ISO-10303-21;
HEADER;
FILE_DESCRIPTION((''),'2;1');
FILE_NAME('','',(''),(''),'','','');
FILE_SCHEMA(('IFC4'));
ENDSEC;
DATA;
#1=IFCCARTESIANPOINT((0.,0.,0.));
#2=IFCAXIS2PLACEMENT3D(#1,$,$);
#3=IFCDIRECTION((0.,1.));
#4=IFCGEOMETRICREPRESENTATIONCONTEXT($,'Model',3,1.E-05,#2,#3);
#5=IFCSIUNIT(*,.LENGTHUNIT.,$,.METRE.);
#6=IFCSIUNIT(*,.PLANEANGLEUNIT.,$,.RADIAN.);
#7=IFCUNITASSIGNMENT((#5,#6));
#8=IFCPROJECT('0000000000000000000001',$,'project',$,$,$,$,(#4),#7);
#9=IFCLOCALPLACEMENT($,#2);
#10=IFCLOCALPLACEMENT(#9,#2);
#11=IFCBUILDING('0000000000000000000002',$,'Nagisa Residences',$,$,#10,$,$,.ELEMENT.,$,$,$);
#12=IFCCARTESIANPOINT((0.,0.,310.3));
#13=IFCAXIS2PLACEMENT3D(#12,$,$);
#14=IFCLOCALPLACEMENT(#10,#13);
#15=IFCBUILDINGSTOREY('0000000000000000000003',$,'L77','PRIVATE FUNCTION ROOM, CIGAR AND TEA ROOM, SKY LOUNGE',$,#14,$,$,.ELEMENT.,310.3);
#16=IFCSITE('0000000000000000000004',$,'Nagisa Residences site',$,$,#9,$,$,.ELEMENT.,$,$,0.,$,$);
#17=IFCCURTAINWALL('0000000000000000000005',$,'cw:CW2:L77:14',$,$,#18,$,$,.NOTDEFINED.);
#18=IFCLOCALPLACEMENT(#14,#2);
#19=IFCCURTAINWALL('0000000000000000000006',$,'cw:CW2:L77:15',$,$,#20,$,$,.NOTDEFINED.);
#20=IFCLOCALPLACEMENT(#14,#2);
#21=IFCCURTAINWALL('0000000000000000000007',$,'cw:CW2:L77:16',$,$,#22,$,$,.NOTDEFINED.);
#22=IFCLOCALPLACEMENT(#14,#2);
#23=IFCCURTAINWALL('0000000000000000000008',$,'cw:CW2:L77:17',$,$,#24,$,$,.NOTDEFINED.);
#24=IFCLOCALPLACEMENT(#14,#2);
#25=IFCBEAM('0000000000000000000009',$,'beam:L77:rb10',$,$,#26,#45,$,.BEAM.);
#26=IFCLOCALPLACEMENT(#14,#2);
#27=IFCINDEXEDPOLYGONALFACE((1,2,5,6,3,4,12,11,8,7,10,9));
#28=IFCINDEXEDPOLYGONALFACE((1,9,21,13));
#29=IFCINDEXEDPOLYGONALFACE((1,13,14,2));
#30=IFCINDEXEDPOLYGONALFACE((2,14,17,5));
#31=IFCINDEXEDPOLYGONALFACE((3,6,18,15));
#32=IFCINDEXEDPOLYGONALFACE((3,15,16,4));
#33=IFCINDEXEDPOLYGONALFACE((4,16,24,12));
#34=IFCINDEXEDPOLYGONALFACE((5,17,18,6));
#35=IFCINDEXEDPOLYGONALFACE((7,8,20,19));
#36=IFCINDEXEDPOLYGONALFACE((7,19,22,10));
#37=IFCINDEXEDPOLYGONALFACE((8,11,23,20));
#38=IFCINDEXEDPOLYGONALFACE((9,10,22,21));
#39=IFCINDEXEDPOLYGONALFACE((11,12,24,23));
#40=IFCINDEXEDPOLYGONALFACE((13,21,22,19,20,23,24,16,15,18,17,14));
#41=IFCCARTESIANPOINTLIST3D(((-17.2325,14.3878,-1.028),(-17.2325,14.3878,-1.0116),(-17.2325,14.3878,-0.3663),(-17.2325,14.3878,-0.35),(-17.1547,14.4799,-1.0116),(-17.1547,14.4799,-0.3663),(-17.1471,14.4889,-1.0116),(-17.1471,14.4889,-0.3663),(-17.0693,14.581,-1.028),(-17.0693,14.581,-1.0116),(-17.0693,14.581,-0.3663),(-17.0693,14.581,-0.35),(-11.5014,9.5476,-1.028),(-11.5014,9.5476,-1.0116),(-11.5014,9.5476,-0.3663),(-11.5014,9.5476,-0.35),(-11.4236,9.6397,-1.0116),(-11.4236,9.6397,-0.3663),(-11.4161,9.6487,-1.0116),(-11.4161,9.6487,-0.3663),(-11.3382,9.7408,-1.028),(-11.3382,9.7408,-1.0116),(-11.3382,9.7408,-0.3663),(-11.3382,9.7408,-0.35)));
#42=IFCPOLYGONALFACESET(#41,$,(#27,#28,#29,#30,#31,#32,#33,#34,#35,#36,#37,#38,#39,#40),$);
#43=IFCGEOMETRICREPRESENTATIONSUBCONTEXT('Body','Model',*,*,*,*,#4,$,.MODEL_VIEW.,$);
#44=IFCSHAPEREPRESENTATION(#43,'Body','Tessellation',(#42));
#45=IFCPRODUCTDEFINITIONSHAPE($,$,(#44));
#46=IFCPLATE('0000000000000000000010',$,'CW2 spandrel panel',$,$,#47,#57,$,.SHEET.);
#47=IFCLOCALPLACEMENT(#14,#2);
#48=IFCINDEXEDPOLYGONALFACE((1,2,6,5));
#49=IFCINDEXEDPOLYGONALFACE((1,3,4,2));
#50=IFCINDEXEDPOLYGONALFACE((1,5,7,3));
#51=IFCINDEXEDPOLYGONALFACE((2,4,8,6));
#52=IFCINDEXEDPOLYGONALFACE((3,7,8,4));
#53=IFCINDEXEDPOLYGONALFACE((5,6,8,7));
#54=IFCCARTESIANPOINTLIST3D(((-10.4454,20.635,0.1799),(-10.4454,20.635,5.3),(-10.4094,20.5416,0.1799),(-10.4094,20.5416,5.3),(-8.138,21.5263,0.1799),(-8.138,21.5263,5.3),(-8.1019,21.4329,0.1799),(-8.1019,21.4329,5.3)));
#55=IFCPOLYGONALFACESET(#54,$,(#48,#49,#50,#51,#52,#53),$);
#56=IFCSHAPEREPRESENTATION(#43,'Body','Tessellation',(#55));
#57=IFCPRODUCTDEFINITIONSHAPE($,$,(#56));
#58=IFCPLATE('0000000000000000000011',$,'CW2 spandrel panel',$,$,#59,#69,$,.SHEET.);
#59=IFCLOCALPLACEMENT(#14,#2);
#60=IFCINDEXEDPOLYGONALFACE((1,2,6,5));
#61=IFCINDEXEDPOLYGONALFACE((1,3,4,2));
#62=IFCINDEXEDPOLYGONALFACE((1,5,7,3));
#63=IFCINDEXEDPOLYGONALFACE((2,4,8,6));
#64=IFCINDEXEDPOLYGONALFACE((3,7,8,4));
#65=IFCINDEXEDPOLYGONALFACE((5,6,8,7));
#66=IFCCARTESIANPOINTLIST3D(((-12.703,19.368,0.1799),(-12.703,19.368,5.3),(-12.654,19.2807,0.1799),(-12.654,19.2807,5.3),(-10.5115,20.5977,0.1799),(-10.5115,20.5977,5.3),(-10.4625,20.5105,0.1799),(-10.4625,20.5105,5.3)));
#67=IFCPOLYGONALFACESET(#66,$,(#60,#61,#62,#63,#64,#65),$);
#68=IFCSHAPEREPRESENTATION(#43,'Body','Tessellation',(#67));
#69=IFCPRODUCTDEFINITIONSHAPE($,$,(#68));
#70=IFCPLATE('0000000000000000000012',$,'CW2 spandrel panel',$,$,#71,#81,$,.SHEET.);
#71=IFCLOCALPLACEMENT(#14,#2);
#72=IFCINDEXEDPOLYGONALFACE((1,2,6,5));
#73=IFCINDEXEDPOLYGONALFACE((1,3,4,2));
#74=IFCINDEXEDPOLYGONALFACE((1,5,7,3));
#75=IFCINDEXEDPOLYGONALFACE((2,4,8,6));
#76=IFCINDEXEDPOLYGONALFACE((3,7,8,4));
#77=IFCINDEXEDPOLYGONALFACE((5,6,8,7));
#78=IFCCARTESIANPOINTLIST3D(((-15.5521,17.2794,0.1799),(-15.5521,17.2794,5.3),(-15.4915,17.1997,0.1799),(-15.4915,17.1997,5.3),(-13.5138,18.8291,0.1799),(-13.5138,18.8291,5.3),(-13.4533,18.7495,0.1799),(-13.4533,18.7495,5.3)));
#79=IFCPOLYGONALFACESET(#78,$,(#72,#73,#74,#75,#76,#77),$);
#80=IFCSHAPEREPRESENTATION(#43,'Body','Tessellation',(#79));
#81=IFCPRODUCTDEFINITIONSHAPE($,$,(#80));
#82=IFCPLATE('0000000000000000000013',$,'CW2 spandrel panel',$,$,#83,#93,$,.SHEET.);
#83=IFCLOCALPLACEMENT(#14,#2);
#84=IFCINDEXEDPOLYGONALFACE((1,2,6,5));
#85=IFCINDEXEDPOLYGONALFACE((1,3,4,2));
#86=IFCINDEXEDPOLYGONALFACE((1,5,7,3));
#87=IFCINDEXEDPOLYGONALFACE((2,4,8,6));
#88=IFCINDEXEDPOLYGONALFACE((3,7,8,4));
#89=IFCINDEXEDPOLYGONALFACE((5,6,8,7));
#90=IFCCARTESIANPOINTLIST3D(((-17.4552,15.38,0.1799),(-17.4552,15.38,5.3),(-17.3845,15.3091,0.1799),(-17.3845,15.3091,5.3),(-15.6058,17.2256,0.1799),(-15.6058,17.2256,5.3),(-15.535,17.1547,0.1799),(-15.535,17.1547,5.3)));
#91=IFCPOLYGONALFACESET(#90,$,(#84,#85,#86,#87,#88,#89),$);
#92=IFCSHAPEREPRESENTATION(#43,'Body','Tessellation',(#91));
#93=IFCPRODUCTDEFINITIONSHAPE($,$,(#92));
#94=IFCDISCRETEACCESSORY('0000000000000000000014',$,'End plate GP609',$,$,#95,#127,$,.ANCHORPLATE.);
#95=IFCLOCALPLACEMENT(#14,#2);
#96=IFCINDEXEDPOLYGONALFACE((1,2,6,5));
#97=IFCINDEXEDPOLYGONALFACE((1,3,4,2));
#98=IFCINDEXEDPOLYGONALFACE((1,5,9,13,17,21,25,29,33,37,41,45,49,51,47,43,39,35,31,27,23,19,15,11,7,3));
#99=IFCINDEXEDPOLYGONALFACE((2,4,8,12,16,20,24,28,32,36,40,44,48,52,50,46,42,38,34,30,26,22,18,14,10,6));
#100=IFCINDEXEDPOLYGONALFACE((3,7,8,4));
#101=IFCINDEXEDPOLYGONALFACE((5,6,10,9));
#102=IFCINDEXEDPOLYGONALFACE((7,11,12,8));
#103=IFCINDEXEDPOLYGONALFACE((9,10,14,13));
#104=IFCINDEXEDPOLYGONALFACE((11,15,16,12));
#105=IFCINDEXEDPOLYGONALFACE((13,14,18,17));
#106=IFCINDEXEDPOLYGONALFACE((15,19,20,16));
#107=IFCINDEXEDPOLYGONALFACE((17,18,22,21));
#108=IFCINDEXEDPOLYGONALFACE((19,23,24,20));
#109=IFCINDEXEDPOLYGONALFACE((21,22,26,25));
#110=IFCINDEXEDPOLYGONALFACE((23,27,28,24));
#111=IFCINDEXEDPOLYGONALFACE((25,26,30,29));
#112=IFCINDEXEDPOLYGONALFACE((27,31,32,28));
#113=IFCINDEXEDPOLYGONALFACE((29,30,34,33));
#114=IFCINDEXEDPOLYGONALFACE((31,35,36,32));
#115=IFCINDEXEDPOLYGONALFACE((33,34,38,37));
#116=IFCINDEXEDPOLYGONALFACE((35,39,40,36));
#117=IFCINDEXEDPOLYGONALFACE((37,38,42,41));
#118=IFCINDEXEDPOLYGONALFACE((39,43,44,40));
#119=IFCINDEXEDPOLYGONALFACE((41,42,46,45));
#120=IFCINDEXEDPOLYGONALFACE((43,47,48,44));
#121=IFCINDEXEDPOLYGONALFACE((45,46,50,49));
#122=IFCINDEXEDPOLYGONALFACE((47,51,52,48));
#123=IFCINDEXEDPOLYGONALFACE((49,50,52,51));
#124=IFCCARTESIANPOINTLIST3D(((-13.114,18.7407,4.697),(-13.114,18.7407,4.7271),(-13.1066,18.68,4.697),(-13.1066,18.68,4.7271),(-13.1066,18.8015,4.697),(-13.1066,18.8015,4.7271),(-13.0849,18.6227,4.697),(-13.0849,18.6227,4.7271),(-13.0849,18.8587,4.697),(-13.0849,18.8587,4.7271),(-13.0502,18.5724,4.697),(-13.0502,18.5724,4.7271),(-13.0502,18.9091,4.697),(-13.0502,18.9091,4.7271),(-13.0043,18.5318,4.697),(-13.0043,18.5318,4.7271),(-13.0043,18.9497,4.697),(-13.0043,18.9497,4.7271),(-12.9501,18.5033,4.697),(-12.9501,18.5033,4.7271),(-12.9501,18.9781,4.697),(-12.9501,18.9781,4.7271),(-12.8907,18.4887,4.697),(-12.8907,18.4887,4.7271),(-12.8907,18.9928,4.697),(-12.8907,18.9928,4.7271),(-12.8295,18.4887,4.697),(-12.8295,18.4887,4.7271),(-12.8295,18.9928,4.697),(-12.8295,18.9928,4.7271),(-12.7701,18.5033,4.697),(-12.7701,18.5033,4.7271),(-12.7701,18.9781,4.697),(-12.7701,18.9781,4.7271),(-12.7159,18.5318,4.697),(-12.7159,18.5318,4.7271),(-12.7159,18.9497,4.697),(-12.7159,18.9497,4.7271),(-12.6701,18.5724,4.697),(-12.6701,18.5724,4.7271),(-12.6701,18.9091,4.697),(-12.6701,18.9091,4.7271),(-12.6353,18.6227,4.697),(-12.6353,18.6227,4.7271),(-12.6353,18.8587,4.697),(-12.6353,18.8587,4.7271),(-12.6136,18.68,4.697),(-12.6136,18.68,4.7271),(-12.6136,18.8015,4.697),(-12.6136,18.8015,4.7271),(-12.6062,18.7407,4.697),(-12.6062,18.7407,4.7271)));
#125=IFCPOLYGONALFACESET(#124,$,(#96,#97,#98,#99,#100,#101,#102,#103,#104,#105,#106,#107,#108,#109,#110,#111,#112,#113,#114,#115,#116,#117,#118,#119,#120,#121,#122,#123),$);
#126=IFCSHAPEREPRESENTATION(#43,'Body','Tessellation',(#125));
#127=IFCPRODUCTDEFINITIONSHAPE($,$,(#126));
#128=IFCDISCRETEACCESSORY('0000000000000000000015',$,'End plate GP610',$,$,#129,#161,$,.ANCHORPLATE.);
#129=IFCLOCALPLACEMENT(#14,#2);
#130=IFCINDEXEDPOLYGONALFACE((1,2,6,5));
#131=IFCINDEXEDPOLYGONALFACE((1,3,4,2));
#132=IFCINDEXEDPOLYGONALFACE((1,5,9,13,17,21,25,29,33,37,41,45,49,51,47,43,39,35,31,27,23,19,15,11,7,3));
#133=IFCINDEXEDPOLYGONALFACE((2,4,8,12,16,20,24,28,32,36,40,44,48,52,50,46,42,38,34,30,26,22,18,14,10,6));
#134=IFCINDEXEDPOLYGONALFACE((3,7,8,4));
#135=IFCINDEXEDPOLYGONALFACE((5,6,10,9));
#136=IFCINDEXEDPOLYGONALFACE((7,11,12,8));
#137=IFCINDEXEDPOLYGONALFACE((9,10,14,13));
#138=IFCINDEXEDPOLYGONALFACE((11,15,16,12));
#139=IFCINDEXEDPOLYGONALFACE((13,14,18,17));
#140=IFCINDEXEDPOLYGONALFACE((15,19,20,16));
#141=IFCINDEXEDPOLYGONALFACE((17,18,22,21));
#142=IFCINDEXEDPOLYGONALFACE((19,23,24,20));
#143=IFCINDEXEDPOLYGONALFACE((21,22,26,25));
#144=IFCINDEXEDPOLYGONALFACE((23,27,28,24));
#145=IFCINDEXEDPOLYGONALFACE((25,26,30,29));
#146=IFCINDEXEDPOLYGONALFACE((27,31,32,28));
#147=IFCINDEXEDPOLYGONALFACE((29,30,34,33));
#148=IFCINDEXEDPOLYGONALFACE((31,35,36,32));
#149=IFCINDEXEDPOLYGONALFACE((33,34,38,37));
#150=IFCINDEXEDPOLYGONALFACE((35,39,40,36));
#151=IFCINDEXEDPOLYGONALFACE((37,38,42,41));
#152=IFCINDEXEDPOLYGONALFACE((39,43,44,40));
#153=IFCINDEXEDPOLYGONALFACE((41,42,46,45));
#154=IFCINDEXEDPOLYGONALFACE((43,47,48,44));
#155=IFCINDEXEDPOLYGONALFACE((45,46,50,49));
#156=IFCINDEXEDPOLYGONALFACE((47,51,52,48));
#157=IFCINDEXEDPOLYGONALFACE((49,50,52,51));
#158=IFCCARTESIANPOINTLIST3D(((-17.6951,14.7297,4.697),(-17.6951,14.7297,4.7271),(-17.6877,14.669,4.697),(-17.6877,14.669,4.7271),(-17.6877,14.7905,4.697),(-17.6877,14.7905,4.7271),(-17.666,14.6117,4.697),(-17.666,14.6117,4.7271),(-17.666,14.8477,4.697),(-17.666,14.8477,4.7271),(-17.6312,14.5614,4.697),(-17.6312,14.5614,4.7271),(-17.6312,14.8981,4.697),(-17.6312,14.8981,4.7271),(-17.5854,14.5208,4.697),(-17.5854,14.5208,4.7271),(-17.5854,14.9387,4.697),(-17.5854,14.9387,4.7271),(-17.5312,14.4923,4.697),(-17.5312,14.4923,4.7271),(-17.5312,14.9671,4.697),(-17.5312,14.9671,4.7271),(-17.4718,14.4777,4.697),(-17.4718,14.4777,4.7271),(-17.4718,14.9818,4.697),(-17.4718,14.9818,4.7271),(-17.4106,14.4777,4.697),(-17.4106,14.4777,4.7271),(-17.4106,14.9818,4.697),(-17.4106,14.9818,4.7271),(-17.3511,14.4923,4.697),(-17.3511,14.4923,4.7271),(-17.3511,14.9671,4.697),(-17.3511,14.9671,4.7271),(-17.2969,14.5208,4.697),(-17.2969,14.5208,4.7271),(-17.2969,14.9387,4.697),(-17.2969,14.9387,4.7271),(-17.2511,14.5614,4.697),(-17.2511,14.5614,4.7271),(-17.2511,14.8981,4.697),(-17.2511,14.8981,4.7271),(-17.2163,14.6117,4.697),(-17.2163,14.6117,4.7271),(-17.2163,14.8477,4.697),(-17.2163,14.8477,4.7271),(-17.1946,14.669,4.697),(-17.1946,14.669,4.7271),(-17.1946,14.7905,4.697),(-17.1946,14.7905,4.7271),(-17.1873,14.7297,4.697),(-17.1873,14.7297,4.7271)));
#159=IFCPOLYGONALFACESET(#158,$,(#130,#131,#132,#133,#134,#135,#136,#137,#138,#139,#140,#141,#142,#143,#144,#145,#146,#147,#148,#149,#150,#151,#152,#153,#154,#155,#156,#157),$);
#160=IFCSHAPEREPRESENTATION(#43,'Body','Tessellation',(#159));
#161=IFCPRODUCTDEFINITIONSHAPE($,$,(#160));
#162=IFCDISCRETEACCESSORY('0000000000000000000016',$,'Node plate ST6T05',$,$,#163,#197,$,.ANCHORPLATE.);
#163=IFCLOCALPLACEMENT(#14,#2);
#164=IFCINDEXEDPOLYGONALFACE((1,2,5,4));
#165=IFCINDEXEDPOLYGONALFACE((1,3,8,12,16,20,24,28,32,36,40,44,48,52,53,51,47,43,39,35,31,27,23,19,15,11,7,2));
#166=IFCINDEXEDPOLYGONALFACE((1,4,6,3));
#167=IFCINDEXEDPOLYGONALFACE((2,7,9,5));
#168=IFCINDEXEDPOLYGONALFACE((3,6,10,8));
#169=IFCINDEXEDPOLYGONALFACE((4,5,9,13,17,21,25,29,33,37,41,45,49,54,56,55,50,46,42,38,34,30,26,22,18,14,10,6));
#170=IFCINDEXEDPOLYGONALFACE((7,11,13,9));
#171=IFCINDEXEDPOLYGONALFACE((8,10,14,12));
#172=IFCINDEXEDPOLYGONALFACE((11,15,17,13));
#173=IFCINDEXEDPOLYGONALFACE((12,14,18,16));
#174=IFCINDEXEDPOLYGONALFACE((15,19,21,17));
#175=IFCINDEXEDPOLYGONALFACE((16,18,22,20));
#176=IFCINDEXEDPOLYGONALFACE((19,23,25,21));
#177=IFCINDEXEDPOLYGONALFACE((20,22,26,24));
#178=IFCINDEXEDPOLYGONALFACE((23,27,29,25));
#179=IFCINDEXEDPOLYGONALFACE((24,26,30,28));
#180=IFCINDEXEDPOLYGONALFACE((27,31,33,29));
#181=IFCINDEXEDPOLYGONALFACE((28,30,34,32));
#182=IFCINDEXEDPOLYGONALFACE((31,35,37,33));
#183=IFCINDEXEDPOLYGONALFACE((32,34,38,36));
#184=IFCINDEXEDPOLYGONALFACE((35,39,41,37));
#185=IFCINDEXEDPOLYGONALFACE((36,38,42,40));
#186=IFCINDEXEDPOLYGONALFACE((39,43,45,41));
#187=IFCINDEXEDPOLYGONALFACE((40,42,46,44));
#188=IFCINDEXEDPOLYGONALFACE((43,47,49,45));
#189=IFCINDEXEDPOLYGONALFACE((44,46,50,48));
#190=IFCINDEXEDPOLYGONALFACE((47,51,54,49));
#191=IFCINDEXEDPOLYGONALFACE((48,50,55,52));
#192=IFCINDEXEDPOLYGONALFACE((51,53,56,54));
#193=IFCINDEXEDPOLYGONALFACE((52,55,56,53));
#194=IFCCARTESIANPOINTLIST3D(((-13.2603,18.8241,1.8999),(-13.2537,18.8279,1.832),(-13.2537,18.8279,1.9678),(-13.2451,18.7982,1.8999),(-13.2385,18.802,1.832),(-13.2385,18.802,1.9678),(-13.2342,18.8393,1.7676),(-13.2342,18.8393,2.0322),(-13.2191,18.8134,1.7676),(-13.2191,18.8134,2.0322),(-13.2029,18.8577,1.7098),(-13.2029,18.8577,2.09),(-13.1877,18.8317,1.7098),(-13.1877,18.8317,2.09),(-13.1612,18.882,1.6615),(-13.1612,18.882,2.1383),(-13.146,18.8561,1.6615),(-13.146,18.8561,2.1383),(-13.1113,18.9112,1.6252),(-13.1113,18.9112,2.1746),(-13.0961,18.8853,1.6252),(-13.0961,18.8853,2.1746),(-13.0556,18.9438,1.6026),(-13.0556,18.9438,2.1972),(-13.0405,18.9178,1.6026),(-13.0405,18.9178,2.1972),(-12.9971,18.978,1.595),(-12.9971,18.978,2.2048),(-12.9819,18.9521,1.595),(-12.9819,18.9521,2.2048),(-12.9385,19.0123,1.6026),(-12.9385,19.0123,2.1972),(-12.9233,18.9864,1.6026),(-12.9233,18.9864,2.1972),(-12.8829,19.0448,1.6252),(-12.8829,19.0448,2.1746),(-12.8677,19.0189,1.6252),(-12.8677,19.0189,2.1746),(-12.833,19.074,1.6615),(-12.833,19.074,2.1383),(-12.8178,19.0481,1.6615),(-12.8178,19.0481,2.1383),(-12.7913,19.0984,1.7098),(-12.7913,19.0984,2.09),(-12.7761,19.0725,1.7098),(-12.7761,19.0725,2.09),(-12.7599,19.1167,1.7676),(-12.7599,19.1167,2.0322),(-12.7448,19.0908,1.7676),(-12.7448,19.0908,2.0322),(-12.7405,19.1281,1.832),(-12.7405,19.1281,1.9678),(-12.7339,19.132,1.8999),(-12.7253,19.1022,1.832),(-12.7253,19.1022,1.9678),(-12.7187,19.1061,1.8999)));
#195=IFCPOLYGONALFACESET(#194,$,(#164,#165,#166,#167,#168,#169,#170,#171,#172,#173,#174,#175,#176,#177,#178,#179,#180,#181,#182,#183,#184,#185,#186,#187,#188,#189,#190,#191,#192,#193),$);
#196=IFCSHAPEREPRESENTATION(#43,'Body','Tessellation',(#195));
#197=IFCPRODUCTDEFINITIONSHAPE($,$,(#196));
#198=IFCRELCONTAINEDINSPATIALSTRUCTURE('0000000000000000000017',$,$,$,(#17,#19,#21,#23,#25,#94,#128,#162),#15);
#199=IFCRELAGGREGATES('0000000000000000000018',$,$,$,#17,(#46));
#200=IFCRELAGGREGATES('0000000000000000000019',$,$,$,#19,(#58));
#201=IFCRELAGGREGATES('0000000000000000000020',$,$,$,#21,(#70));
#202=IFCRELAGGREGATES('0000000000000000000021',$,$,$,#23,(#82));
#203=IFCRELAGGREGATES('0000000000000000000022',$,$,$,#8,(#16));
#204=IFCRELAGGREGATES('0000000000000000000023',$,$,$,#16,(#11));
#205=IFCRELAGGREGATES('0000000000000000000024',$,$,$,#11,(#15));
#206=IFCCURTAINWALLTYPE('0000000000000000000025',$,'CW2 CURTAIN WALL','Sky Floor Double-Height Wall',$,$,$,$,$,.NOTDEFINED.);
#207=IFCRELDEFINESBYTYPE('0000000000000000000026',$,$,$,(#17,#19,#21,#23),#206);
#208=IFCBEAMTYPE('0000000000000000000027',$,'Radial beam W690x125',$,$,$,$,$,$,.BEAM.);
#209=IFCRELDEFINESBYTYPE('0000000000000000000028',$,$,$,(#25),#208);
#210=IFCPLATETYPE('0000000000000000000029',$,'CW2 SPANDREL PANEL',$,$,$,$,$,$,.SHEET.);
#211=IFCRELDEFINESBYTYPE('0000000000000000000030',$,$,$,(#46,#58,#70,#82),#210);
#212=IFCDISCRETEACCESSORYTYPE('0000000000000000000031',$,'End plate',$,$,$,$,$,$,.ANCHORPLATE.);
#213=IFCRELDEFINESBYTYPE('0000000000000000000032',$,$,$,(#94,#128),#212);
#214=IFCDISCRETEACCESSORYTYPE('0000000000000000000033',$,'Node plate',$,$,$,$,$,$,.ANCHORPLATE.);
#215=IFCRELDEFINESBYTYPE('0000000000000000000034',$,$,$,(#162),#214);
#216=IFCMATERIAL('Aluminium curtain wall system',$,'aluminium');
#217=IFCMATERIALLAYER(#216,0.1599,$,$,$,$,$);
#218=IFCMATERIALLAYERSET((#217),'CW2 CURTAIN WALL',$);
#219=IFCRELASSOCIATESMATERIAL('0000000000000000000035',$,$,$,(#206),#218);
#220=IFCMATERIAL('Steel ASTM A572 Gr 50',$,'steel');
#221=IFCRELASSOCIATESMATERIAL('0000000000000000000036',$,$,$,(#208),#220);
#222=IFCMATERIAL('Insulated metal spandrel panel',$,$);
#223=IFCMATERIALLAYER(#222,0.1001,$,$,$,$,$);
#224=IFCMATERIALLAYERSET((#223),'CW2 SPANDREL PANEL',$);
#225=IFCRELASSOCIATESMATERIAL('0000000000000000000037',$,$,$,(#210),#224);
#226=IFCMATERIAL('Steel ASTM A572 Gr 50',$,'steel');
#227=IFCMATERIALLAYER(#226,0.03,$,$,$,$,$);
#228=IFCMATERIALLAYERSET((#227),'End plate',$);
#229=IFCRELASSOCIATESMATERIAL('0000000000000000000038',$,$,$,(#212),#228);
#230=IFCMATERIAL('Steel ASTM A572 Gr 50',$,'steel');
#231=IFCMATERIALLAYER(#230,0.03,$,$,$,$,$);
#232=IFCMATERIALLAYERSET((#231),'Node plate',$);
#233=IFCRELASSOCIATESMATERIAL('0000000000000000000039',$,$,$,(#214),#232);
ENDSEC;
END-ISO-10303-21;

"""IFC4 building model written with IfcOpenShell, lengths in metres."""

from ifc_helpers import new_model, si_unit, direction, frame, origin, origin_2d, place, context, subcontext, project, spatial, rectangle, circle, i_section, extrude, material, layer, layer_set, material_profile, profile_set, type_object, element, aggregate, save


model = new_model("IFC4")

# Units and contexts
model_context = context("Model", 3, precision=1e-05, world=origin(), true_north=direction((0.0, 1.0)))
body_context = subcontext(model_context, "Body", "Model", "MODEL_VIEW")
ifc_project = project(units=[si_unit("LENGTHUNIT", "METRE"), si_unit("PLANEANGLEUNIT", "RADIAN")], contexts=[model_context])

# Site, building, storey
site_placement = place(None, origin())
site = spatial("IfcSite", under=ifc_project, at=site_placement, Name="Nagisa Residences site", CompositionType="ELEMENT", RefElevation=0.0)
building_placement = place(site_placement, origin())
building = spatial("IfcBuilding", under=site, at=building_placement, Name="Nagisa Residences", CompositionType="ELEMENT")
storey_placement = place(building_placement, frame((0.0, 0.0, 310.3)))
storey = spatial("IfcBuildingStorey", under=building, at=storey_placement, Name="L77", Description="PRIVATE FUNCTION ROOM, CIGAR AND TEA ROOM, SKY LOUNGE", CompositionType="ELEMENT", Elevation=310.3)

# Curtain walls
ifc_material_1 = material(Name="Aluminium curtain wall system", Category="aluminium")
ifc_layer_1 = layer(ifc_material_1, 0.1599)
ifc_layer_set_1 = layer_set([ifc_layer_1], Name="CW2 CURTAIN WALL")
curtain_wall_type = type_object("IfcCurtainWallType", Name="CW2 CURTAIN WALL", Description="Sky Floor Double-Height Wall", PredefinedType="NOTDEFINED", material=ifc_layer_set_1)
curtain_wall_1_placement = place(storey_placement, origin())
curtain_wall_1 = element("IfcCurtainWall", 1, at=curtain_wall_1_placement, inside=storey, type_object=curtain_wall_type, Name="cw:CW2:L77:14", PredefinedType="NOTDEFINED")
curtain_wall_2_placement = place(storey_placement, origin())
curtain_wall_2 = element("IfcCurtainWall", 2, at=curtain_wall_2_placement, inside=storey, type_object=curtain_wall_type, Name="cw:CW2:L77:15", PredefinedType="NOTDEFINED")
curtain_wall_3_placement = place(storey_placement, origin())
curtain_wall_3 = element("IfcCurtainWall", 3, at=curtain_wall_3_placement, inside=storey, type_object=curtain_wall_type, Name="cw:CW2:L77:16", PredefinedType="NOTDEFINED")
curtain_wall_4_placement = place(storey_placement, origin())
curtain_wall_4 = element("IfcCurtainWall", 4, at=curtain_wall_4_placement, inside=storey, type_object=curtain_wall_type, Name="cw:CW2:L77:17", PredefinedType="NOTDEFINED")

# Beam
ifc_material_2 = material(Name="Steel ASTM A572 Gr 50", Category="steel")
ifc_material_profile_1 = material_profile(ifc_material_2, i_section(OverallWidth=0.2529, OverallDepth=0.678, WebThickness=0.0117, FlangeThickness=0.0164, at=origin_2d()), Name="W690x125")
ifc_profile_set_1 = profile_set([ifc_material_profile_1], Name="Steel ASTM A572 Gr 50")
beam_type_1 = type_object("IfcBeamType", Name="Radial beam W690x125", PredefinedType="BEAM", material=ifc_profile_set_1)
beam_1_placement = place(storey_placement, frame((-17.1509, 14.4844, -0.689), z_axis=(0.76399, -0.645229, 0.0), x_axis=(0.645229, 0.76399, 0.0)))
element("IfcBeam", 5, at=beam_1_placement, inside=storey, type_object=beam_type_1, Name="beam:L77:rb10", PredefinedType="BEAM", context=body_context, shape_type="SweptSolid", body=[
    extrude(i_section(OverallWidth=0.2529, OverallDepth=0.678, WebThickness=0.0117, FlangeThickness=0.0164, at=origin_2d()), origin(), (0.0, 0.0, 1.0), 7.5015),
])

# Plates
ifc_material_3 = material(Name="Insulated metal spandrel panel")
ifc_layer_2 = layer(ifc_material_3, 0.1001)
ifc_layer_set_2 = layer_set([ifc_layer_2], Name="CW2 SPANDREL PANEL")
plate_type = type_object("IfcPlateType", Name="CW2 SPANDREL PANEL", PredefinedType="SHEET", material=ifc_layer_set_2)
plate_1_placement = place(storey_placement, frame((-9.2737, 21.0339, 0.1799), z_axis=(0.0, 0.0, 1.0), x_axis=(-0.932826, -0.360328, 0.0)))
plate_1 = element("IfcPlate", 6, at=plate_1_placement, type_object=plate_type, Name="CW2 spandrel panel", PredefinedType="SHEET", context=body_context, shape_type="SweptSolid", body=[
    extrude(rectangle(XDim=2.4736, YDim=0.1001, at=origin_2d()), origin(), (0.0, 0.0, 1.0), 5.1201),
])
aggregate(curtain_wall_1, [plate_1])
plate_2_placement = place(storey_placement, frame((-11.5828, 19.9392, 0.1799), z_axis=(0.0, 0.0, 1.0), x_axis=(-0.872072, -0.489377, 0.0)))
plate_2 = element("IfcPlate", 7, at=plate_2_placement, type_object=plate_type, Name="CW2 spandrel panel", PredefinedType="SHEET", context=body_context, shape_type="SweptSolid", body=[
    extrude(rectangle(XDim=2.5129, YDim=0.1001, at=origin_2d()), origin(), (0.0, 0.0, 1.0), 5.1201),
])
aggregate(curtain_wall_2, [plate_2])
plate_3_placement = place(storey_placement, frame((-14.5027, 18.0144, 0.1799), z_axis=(0.0, 0.0, 1.0), x_axis=(-0.796031, -0.605255, 0.0)))
plate_3 = element("IfcPlate", 8, at=plate_3_placement, type_object=plate_type, Name="CW2 spandrel panel", PredefinedType="SHEET", context=body_context, shape_type="SweptSolid", body=[
    extrude(rectangle(XDim=2.5605, YDim=0.1001, at=origin_2d()), origin(), (0.0, 0.0, 1.0), 5.1201),
])
aggregate(curtain_wall_3, [plate_3])
plate_4_placement = place(storey_placement, frame((-16.4951, 16.2673, 0.1799), z_axis=(0.0, 0.0, 1.0), x_axis=(-0.707836, -0.706377, 0.0)))
plate_4 = element("IfcPlate", 9, at=plate_4_placement, type_object=plate_type, Name="CW2 spandrel panel", PredefinedType="SHEET", context=body_context, shape_type="SweptSolid", body=[
    extrude(rectangle(XDim=2.6128, YDim=0.1001, at=origin_2d()), origin(), (0.0, 0.0, 1.0), 5.1201),
])
aggregate(curtain_wall_4, [plate_4])

# Discrete accessories
ifc_material_4 = material(Name="Steel ASTM A572 Gr 50", Category="steel")
ifc_layer_3 = layer(ifc_material_4, 0.03)
ifc_layer_set_3 = layer_set([ifc_layer_3], Name="End plate")
discrete_accessory_type_1 = type_object("IfcDiscreteAccessoryType", Name="End plate", PredefinedType="ANCHORPLATE", material=ifc_layer_set_3)
for number, where, z_axis, x_axis, name in (
    (10, (-12.8601, 18.7407, 4.697), (0.0, 0.0, 1.0), (1.0, 0.0, 0.0), "End plate GP609"),
    (11, (-17.4412, 14.7297, 4.697), (0.0, 0.0, 1.0), (1.0, 0.0, 0.0), "End plate GP610"),
):
    element("IfcDiscreteAccessory", number, at=place(storey_placement, frame(where, z_axis=z_axis, x_axis=x_axis)), inside=storey, type_object=discrete_accessory_type_1, Name=name, PredefinedType="ANCHORPLATE", context=body_context, shape_type="SweptSolid", body=[
        extrude(circle(Radius=0.2539, at=origin_2d()), origin(), (0.0, 0.0, 1.0), 0.03),
    ])
ifc_material_5 = material(Name="Steel ASTM A572 Gr 50", Category="steel")
ifc_layer_4 = layer(ifc_material_5, 0.03)
ifc_layer_set_4 = layer_set([ifc_layer_4], Name="Node plate")
discrete_accessory_type_2 = type_object("IfcDiscreteAccessoryType", Name="Node plate", PredefinedType="ANCHORPLATE", material=ifc_layer_set_4)
discrete_accessory_placement = place(storey_placement, frame((-12.9971, 18.978, 1.8999), z_axis=(0.504883, -0.863188, 0.0), x_axis=(0.863188, 0.504883, 0.0)))
element("IfcDiscreteAccessory", 12, at=discrete_accessory_placement, inside=storey, type_object=discrete_accessory_type_2, Name="Node plate ST6T05", PredefinedType="ANCHORPLATE", context=body_context, shape_type="SweptSolid", body=[
    extrude(circle(Radius=0.3049, at=origin_2d()), origin(), (0.0, 0.0, 1.0), 0.03),
])

save(model, "model.ifc")
